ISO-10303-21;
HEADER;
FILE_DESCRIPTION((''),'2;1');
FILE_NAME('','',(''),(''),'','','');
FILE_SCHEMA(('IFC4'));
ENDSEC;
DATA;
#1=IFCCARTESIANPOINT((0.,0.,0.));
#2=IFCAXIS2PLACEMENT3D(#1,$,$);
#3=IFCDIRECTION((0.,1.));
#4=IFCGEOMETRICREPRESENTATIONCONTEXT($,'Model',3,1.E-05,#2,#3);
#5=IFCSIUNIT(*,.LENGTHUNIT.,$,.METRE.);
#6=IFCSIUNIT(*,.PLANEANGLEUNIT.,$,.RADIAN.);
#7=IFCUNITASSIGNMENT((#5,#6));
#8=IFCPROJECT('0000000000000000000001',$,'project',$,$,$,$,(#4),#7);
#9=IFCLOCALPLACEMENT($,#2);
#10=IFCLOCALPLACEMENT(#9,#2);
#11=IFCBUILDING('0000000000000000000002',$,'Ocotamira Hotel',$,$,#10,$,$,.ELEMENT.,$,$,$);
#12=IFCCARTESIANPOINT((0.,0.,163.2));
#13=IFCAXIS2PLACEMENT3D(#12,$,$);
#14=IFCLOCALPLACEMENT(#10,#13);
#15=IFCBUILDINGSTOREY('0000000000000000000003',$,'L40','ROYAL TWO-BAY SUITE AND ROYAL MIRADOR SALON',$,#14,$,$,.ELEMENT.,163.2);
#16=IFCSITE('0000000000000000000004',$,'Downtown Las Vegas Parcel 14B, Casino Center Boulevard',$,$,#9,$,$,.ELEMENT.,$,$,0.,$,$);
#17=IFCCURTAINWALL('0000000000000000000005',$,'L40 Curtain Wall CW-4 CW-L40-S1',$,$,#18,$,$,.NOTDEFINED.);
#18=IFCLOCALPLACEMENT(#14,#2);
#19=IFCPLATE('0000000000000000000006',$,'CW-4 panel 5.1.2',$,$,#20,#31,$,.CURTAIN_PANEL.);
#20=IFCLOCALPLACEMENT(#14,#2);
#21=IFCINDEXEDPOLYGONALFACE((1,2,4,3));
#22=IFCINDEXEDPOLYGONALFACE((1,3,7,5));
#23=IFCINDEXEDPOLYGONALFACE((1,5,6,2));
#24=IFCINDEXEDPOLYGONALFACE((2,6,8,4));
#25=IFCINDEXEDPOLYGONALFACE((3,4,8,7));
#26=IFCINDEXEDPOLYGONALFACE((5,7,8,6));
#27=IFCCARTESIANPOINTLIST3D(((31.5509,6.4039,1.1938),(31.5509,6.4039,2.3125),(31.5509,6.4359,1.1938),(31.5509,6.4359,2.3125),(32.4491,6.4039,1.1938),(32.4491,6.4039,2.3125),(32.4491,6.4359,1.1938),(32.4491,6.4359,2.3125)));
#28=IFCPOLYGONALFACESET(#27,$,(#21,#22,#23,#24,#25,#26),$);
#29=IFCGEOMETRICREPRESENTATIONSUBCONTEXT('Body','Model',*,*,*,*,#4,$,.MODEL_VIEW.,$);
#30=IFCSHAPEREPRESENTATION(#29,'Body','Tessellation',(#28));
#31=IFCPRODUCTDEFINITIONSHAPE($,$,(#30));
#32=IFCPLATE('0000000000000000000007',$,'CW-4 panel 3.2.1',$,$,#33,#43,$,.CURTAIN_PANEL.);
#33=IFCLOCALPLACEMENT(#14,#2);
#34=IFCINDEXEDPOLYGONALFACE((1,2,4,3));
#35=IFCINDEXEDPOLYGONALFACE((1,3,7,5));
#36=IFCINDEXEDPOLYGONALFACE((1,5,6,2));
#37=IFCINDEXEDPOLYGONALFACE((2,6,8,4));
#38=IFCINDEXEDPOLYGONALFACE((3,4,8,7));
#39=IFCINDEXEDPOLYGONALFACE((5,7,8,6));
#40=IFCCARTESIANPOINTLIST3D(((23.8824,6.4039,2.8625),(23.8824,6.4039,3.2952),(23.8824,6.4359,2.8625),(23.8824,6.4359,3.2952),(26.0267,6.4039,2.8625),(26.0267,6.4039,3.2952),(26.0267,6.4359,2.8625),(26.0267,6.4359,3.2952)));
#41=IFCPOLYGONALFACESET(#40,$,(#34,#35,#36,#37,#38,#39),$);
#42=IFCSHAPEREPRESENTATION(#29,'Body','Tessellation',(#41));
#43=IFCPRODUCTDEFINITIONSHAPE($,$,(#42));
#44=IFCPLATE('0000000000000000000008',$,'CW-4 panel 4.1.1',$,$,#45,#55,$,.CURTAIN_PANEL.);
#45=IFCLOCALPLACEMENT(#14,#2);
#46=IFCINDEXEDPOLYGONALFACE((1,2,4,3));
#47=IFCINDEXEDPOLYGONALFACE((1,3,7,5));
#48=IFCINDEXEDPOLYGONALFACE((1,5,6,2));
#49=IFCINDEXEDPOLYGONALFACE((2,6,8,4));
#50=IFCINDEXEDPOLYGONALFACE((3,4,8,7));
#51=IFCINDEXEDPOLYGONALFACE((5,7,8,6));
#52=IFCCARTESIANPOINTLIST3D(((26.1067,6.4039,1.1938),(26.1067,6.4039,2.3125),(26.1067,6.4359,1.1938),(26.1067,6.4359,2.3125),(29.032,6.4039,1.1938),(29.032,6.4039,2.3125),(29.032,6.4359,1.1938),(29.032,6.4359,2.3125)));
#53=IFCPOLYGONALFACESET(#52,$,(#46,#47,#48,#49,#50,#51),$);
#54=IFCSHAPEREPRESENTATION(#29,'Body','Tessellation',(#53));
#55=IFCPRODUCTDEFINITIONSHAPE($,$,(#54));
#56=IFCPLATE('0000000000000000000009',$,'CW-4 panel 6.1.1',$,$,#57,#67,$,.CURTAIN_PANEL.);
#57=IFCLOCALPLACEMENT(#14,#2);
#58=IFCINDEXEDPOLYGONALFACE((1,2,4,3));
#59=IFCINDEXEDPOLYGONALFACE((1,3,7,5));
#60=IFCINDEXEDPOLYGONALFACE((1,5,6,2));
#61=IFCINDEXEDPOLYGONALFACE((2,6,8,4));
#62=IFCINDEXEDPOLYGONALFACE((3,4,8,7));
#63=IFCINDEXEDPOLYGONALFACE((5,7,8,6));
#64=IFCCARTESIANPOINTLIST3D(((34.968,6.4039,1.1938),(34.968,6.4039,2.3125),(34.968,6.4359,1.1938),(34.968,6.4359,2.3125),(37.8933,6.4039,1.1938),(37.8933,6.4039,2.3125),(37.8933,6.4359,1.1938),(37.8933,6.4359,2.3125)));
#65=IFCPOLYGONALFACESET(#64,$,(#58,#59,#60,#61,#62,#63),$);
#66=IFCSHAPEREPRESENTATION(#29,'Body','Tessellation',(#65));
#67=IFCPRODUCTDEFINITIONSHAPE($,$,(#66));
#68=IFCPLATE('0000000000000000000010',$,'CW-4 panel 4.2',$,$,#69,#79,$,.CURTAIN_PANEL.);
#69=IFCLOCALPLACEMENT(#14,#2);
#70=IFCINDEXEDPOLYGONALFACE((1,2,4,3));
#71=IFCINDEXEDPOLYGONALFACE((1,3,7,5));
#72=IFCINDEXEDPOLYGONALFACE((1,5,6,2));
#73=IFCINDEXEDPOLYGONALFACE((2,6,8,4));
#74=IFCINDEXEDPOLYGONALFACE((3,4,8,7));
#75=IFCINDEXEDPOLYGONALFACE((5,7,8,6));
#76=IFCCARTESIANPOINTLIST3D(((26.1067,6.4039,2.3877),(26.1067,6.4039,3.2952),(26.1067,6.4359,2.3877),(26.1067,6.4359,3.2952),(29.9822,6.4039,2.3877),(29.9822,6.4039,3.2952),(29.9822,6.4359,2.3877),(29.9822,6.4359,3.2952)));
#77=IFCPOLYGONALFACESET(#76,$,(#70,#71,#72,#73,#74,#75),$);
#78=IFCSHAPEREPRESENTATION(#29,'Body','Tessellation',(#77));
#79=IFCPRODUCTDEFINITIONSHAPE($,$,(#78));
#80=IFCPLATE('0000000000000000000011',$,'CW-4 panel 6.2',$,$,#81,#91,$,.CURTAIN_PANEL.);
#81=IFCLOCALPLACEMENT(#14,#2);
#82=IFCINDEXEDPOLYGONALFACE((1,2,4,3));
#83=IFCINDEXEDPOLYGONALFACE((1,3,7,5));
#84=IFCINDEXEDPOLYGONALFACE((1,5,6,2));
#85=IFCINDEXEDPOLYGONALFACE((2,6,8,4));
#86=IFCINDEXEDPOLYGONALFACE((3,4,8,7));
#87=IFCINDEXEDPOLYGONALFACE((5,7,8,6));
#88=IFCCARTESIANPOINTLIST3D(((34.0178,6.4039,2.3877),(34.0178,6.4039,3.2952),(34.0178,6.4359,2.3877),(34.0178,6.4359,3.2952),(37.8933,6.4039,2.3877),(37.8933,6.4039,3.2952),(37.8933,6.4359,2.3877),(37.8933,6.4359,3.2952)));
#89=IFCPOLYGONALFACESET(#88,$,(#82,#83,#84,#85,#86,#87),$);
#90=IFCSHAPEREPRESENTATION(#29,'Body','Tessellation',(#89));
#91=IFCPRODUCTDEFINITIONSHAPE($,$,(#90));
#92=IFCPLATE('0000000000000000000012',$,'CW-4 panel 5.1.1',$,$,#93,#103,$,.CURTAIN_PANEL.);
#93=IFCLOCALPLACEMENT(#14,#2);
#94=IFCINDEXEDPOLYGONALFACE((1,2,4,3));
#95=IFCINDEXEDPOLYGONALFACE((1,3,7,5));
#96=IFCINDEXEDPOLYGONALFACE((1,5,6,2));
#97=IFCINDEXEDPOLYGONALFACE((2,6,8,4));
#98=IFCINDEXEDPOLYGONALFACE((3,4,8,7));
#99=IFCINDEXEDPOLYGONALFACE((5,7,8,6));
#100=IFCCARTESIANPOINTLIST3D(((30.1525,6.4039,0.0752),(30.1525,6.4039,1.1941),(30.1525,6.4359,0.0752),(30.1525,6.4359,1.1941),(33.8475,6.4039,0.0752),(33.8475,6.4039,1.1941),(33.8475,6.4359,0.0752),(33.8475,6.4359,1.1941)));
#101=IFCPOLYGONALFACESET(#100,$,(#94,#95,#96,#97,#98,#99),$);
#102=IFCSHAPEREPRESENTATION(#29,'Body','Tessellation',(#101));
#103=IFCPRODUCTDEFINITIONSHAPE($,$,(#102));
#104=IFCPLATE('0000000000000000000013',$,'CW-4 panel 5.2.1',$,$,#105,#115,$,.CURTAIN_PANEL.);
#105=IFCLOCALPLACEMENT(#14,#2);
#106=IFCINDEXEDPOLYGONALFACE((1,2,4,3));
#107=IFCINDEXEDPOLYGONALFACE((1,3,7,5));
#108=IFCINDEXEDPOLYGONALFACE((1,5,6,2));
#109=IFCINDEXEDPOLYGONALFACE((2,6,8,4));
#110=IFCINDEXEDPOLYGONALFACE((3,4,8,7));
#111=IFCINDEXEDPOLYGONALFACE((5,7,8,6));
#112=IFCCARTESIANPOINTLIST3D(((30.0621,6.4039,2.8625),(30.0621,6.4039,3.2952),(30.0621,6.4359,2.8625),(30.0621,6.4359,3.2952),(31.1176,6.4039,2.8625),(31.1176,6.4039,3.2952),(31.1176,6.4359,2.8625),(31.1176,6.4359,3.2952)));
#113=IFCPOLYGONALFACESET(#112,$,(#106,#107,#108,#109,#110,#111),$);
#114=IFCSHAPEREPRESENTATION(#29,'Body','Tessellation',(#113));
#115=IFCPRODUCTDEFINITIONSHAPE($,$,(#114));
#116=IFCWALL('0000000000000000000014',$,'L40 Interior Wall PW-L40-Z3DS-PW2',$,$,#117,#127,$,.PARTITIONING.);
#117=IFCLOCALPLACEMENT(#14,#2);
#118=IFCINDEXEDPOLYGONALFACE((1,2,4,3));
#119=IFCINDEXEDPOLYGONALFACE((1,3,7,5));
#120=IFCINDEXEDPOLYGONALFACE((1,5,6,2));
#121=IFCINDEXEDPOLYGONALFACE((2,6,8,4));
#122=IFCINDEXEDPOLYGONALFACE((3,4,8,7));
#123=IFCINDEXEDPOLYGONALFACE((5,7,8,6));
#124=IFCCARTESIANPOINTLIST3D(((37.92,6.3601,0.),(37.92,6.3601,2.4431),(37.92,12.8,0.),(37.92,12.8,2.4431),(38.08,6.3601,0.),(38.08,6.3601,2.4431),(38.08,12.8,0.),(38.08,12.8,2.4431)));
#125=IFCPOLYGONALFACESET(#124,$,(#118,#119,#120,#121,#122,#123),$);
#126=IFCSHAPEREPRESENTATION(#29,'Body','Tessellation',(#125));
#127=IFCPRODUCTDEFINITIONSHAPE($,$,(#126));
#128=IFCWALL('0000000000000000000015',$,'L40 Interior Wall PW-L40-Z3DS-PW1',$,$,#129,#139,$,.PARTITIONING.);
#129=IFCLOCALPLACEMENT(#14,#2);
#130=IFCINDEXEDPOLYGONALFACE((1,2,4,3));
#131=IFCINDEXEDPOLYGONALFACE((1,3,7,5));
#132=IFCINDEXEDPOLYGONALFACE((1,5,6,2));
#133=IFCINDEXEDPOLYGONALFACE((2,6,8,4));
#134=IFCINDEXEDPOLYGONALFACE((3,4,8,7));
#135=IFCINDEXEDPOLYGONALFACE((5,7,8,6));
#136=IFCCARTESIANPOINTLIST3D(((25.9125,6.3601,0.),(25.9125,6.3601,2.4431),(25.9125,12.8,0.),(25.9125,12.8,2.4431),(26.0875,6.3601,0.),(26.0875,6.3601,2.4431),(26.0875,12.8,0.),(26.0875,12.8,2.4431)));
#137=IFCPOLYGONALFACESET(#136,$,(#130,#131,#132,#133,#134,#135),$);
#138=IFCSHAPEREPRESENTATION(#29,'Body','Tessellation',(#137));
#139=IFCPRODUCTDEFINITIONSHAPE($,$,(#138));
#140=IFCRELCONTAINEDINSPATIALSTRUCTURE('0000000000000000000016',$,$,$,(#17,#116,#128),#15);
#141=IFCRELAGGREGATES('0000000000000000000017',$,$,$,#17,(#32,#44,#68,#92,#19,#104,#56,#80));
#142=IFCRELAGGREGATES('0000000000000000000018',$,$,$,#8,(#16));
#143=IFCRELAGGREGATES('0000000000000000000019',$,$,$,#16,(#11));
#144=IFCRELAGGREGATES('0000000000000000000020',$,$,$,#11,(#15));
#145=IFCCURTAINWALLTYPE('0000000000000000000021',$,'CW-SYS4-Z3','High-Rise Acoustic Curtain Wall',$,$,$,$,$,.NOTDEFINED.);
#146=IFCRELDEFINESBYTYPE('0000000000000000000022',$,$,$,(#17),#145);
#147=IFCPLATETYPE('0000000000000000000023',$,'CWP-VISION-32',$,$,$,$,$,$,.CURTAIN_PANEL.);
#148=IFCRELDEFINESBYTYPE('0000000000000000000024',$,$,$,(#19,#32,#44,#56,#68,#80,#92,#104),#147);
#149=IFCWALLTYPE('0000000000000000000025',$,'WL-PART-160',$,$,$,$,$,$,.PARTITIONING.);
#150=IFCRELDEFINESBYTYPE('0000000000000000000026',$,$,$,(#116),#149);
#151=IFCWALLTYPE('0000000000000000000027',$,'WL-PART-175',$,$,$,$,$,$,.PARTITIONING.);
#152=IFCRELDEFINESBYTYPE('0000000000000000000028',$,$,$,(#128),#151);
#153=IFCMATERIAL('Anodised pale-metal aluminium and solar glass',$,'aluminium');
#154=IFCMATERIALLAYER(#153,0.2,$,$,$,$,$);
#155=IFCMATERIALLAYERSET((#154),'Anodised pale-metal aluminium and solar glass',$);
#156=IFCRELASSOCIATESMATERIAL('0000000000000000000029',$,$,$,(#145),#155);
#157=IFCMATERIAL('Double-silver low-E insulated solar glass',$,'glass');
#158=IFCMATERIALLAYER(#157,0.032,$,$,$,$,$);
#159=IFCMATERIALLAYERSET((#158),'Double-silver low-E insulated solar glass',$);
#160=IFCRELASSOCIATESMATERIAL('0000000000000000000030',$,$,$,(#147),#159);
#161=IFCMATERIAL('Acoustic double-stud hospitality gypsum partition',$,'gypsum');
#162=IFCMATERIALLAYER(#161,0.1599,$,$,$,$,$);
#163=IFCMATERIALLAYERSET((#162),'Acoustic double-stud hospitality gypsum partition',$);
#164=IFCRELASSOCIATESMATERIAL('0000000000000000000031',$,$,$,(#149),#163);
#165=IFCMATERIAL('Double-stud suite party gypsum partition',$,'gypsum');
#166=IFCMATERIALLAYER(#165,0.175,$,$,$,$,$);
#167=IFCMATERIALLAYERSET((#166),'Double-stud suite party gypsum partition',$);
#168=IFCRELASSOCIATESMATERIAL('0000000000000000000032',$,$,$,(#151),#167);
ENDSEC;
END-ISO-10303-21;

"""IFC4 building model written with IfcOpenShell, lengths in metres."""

from ifc_helpers import new_model, si_unit, direction, frame, frame_2d, origin, origin_2d, place, context, subcontext, project, spatial, rectangle, extrude, source, transform, mapped, material, layer, layer_set, type_object, element, aggregate, save


model = new_model("IFC4")

# Units and contexts
model_context = context("Model", 3, precision=1e-05, world=origin(), true_north=direction((0.0, 1.0)))
body_context = subcontext(model_context, "Body", "Model", "MODEL_VIEW")
ifc_project = project(units=[si_unit("LENGTHUNIT", "METRE"), si_unit("PLANEANGLEUNIT", "RADIAN")], contexts=[model_context])

# Site, building, storey
site_placement = place(None, origin())
site = spatial("IfcSite", under=ifc_project, at=site_placement, Name="Downtown Las Vegas Parcel 14B, Casino Center Boulevard", CompositionType="ELEMENT", RefElevation=0.0)
building_placement = place(site_placement, origin())
building = spatial("IfcBuilding", under=site, at=building_placement, Name="Ocotamira Hotel", CompositionType="ELEMENT")
storey_placement = place(building_placement, frame((0.0, 0.0, 163.2)))
storey = spatial("IfcBuildingStorey", under=building, at=storey_placement, Name="L40", Description="ROYAL TWO-BAY SUITE AND ROYAL MIRADOR SALON", CompositionType="ELEMENT", Elevation=163.2)

# Curtain wall
ifc_material_1 = material(Name="Anodised pale-metal aluminium and solar glass", Category="aluminium")
ifc_layer_1 = layer(ifc_material_1, 0.2)
ifc_layer_set_1 = layer_set([ifc_layer_1], Name="Anodised pale-metal aluminium and solar glass")
curtain_wall_type = type_object("IfcCurtainWallType", Name="CW-SYS4-Z3", Description="High-Rise Acoustic Curtain Wall", PredefinedType="NOTDEFINED", material=ifc_layer_set_1)
curtain_wall_placement = place(storey_placement, origin())
curtain_wall = element("IfcCurtainWall", 1, at=curtain_wall_placement, inside=storey, type_object=curtain_wall_type, Name="L40 Curtain Wall CW-4 CW-L40-S1", PredefinedType="NOTDEFINED")

# Plates
ifc_material_2 = material(Name="Double-silver low-E insulated solar glass", Category="glass")
ifc_layer_2 = layer(ifc_material_2, 0.032)
ifc_layer_set_2 = layer_set([ifc_layer_2], Name="Double-silver low-E insulated solar glass")
plate_type_1 = type_object("IfcPlateType", Name="CWP-VISION-32", PredefinedType="CURTAIN_PANEL", material=ifc_layer_set_2)
shared_shape_1 = source(origin(), body_context, "Body", "SweptSolid", [
    extrude(rectangle(XDim=0.8982, YDim=0.032, at=origin_2d()), origin(), (0.0, 0.0, 1.0), 1.1187),
])
plate_1_placement = place(storey_placement, frame((32.0, 6.4199, 1.1938), z_axis=(0.0, 0.0, 1.0), x_axis=(1.0, 0.0, 0.0)))
plate_1 = element("IfcPlate", 2, at=plate_1_placement, type_object=plate_type_1, Name="CW-4 panel 5.1.2", PredefinedType="CURTAIN_PANEL", context=body_context, shape_type="MappedRepresentation", body=[
    mapped(shared_shape_1, transform((0.0, 0.0, 0.0), scale=1.0)),
])
shared_shape_2 = source(origin(), body_context, "Body", "SweptSolid", [
    extrude(rectangle(XDim=2.1443, YDim=0.032, at=origin_2d()), origin(), (0.0, 0.0, 1.0), 0.4326),
])
plate_2_placement = place(storey_placement, frame((24.9546, 6.4199, 2.8625), z_axis=(0.0, 0.0, 1.0), x_axis=(1.0, 0.0, 0.0)))
plate_2 = element("IfcPlate", 3, at=plate_2_placement, type_object=plate_type_1, Name="CW-4 panel 3.2.1", PredefinedType="CURTAIN_PANEL", context=body_context, shape_type="MappedRepresentation", body=[
    mapped(shared_shape_2, transform((0.0, 0.0, 0.0), scale=1.0)),
])
shared_shape_3 = source(origin(), body_context, "Body", "SweptSolid", [
    extrude(rectangle(XDim=2.9253, YDim=0.032, at=origin_2d()), origin(), (0.0, 0.0, 1.0), 1.1187),
])
plate_3_placement = place(storey_placement, frame((27.5693, 6.4199, 1.1938), z_axis=(0.0, 0.0, 1.0), x_axis=(1.0, 0.0, 0.0)))
plate_3 = element("IfcPlate", 4, at=plate_3_placement, type_object=plate_type_1, Name="CW-4 panel 4.1.1", PredefinedType="CURTAIN_PANEL", context=body_context, shape_type="MappedRepresentation", body=[
    mapped(shared_shape_3, transform((0.0, 0.0, 0.0), scale=1.0)),
])
plate_4_placement = place(storey_placement, frame((36.4307, 6.4199, 1.1938), z_axis=(0.0, 0.0, 1.0), x_axis=(1.0, 0.0, 0.0)))
plate_4 = element("IfcPlate", 5, at=plate_4_placement, type_object=plate_type_1, Name="CW-4 panel 6.1.1", PredefinedType="CURTAIN_PANEL", context=body_context, shape_type="MappedRepresentation", body=[
    mapped(shared_shape_3, transform((0.0, 0.0, 0.0), scale=1.0)),
])
shared_shape_4 = source(origin(), body_context, "Body", "SweptSolid", [
    extrude(rectangle(XDim=3.8755, YDim=0.032, at=origin_2d()), origin(), (0.0, 0.0, 1.0), 0.9075),
])
plate_5_placement = place(storey_placement, frame((28.0444, 6.4199, 2.3877), z_axis=(0.0, 0.0, 1.0), x_axis=(1.0, 0.0, 0.0)))
plate_5 = element("IfcPlate", 6, at=plate_5_placement, type_object=plate_type_1, Name="CW-4 panel 4.2", PredefinedType="CURTAIN_PANEL", context=body_context, shape_type="MappedRepresentation", body=[
    mapped(shared_shape_4, transform((0.0, 0.0, 0.0), scale=1.0)),
])
plate_6_placement = place(storey_placement, frame((35.9556, 6.4199, 2.3877), z_axis=(0.0, 0.0, 1.0), x_axis=(1.0, 0.0, 0.0)))
plate_6 = element("IfcPlate", 7, at=plate_6_placement, type_object=plate_type_1, Name="CW-4 panel 6.2", PredefinedType="CURTAIN_PANEL", context=body_context, shape_type="MappedRepresentation", body=[
    mapped(shared_shape_4, transform((0.0, 0.0, 0.0), scale=1.0)),
])
shared_shape_5 = source(origin(), body_context, "Body", "SweptSolid", [
    extrude(rectangle(XDim=3.6951, YDim=0.032, at=origin_2d()), origin(), (0.0, 0.0, 1.0), 1.1189),
])
plate_7_placement = place(storey_placement, frame((32.0, 6.4199, 0.0752), z_axis=(0.0, 0.0, 1.0), x_axis=(1.0, 0.0, 0.0)))
plate_7 = element("IfcPlate", 8, at=plate_7_placement, type_object=plate_type_1, Name="CW-4 panel 5.1.1", PredefinedType="CURTAIN_PANEL", context=body_context, shape_type="MappedRepresentation", body=[
    mapped(shared_shape_5, transform((0.0, 0.0, 0.0), scale=1.0)),
])
shared_shape_6 = source(origin(), body_context, "Body", "SweptSolid", [
    extrude(rectangle(XDim=1.0554, YDim=0.032, at=origin_2d()), origin(), (0.0, 0.0, 1.0), 0.4326),
])
plate_8_placement = place(storey_placement, frame((30.5898, 6.4199, 2.8625), z_axis=(0.0, 0.0, 1.0), x_axis=(1.0, 0.0, 0.0)))
plate_8 = element("IfcPlate", 9, at=plate_8_placement, type_object=plate_type_1, Name="CW-4 panel 5.2.1", PredefinedType="CURTAIN_PANEL", context=body_context, shape_type="MappedRepresentation", body=[
    mapped(shared_shape_6, transform((0.0, 0.0, 0.0), scale=1.0)),
])
aggregate(curtain_wall, [plate_2, plate_3, plate_5, plate_7, plate_1, plate_8, plate_4, plate_6])

# Walls
ifc_material_3 = material(Name="Acoustic double-stud hospitality gypsum partition", Category="gypsum")
ifc_layer_3 = layer(ifc_material_3, 0.1599)
ifc_layer_set_3 = layer_set([ifc_layer_3], Name="Acoustic double-stud hospitality gypsum partition")
wall_type_1 = type_object("IfcWallType", Name="WL-PART-160", PredefinedType="PARTITIONING", material=ifc_layer_set_3)
wall_1_placement = place(storey_placement, frame((38.0, 6.3601, 0.0), z_axis=(0.0, 0.0, 1.0), x_axis=(0.0, 1.0, 0.0)))
element("IfcWall", 10, at=wall_1_placement, inside=storey, type_object=wall_type_1, Name="L40 Interior Wall PW-L40-Z3DS-PW2", PredefinedType="PARTITIONING", context=body_context, shape_type="SweptSolid", body=[
    extrude(rectangle(XDim=6.4399, YDim=0.1599, at=frame_2d((3.22, 0.0))), origin(), (0.0, 0.0, 1.0), 2.4431),
])
ifc_material_4 = material(Name="Double-stud suite party gypsum partition", Category="gypsum")
ifc_layer_4 = layer(ifc_material_4, 0.175)
ifc_layer_set_4 = layer_set([ifc_layer_4], Name="Double-stud suite party gypsum partition")
wall_type_2 = type_object("IfcWallType", Name="WL-PART-175", PredefinedType="PARTITIONING", material=ifc_layer_set_4)
wall_2_placement = place(storey_placement, frame((26.0, 6.3601, 0.0), z_axis=(0.0, 0.0, 1.0), x_axis=(0.0, 1.0, 0.0)))
element("IfcWall", 11, at=wall_2_placement, inside=storey, type_object=wall_type_2, Name="L40 Interior Wall PW-L40-Z3DS-PW1", PredefinedType="PARTITIONING", context=body_context, shape_type="SweptSolid", body=[
    extrude(rectangle(XDim=6.4399, YDim=0.175, at=frame_2d((3.22, 0.0))), origin(), (0.0, 0.0, 1.0), 2.4431),
])

save(model, "model.ifc")
